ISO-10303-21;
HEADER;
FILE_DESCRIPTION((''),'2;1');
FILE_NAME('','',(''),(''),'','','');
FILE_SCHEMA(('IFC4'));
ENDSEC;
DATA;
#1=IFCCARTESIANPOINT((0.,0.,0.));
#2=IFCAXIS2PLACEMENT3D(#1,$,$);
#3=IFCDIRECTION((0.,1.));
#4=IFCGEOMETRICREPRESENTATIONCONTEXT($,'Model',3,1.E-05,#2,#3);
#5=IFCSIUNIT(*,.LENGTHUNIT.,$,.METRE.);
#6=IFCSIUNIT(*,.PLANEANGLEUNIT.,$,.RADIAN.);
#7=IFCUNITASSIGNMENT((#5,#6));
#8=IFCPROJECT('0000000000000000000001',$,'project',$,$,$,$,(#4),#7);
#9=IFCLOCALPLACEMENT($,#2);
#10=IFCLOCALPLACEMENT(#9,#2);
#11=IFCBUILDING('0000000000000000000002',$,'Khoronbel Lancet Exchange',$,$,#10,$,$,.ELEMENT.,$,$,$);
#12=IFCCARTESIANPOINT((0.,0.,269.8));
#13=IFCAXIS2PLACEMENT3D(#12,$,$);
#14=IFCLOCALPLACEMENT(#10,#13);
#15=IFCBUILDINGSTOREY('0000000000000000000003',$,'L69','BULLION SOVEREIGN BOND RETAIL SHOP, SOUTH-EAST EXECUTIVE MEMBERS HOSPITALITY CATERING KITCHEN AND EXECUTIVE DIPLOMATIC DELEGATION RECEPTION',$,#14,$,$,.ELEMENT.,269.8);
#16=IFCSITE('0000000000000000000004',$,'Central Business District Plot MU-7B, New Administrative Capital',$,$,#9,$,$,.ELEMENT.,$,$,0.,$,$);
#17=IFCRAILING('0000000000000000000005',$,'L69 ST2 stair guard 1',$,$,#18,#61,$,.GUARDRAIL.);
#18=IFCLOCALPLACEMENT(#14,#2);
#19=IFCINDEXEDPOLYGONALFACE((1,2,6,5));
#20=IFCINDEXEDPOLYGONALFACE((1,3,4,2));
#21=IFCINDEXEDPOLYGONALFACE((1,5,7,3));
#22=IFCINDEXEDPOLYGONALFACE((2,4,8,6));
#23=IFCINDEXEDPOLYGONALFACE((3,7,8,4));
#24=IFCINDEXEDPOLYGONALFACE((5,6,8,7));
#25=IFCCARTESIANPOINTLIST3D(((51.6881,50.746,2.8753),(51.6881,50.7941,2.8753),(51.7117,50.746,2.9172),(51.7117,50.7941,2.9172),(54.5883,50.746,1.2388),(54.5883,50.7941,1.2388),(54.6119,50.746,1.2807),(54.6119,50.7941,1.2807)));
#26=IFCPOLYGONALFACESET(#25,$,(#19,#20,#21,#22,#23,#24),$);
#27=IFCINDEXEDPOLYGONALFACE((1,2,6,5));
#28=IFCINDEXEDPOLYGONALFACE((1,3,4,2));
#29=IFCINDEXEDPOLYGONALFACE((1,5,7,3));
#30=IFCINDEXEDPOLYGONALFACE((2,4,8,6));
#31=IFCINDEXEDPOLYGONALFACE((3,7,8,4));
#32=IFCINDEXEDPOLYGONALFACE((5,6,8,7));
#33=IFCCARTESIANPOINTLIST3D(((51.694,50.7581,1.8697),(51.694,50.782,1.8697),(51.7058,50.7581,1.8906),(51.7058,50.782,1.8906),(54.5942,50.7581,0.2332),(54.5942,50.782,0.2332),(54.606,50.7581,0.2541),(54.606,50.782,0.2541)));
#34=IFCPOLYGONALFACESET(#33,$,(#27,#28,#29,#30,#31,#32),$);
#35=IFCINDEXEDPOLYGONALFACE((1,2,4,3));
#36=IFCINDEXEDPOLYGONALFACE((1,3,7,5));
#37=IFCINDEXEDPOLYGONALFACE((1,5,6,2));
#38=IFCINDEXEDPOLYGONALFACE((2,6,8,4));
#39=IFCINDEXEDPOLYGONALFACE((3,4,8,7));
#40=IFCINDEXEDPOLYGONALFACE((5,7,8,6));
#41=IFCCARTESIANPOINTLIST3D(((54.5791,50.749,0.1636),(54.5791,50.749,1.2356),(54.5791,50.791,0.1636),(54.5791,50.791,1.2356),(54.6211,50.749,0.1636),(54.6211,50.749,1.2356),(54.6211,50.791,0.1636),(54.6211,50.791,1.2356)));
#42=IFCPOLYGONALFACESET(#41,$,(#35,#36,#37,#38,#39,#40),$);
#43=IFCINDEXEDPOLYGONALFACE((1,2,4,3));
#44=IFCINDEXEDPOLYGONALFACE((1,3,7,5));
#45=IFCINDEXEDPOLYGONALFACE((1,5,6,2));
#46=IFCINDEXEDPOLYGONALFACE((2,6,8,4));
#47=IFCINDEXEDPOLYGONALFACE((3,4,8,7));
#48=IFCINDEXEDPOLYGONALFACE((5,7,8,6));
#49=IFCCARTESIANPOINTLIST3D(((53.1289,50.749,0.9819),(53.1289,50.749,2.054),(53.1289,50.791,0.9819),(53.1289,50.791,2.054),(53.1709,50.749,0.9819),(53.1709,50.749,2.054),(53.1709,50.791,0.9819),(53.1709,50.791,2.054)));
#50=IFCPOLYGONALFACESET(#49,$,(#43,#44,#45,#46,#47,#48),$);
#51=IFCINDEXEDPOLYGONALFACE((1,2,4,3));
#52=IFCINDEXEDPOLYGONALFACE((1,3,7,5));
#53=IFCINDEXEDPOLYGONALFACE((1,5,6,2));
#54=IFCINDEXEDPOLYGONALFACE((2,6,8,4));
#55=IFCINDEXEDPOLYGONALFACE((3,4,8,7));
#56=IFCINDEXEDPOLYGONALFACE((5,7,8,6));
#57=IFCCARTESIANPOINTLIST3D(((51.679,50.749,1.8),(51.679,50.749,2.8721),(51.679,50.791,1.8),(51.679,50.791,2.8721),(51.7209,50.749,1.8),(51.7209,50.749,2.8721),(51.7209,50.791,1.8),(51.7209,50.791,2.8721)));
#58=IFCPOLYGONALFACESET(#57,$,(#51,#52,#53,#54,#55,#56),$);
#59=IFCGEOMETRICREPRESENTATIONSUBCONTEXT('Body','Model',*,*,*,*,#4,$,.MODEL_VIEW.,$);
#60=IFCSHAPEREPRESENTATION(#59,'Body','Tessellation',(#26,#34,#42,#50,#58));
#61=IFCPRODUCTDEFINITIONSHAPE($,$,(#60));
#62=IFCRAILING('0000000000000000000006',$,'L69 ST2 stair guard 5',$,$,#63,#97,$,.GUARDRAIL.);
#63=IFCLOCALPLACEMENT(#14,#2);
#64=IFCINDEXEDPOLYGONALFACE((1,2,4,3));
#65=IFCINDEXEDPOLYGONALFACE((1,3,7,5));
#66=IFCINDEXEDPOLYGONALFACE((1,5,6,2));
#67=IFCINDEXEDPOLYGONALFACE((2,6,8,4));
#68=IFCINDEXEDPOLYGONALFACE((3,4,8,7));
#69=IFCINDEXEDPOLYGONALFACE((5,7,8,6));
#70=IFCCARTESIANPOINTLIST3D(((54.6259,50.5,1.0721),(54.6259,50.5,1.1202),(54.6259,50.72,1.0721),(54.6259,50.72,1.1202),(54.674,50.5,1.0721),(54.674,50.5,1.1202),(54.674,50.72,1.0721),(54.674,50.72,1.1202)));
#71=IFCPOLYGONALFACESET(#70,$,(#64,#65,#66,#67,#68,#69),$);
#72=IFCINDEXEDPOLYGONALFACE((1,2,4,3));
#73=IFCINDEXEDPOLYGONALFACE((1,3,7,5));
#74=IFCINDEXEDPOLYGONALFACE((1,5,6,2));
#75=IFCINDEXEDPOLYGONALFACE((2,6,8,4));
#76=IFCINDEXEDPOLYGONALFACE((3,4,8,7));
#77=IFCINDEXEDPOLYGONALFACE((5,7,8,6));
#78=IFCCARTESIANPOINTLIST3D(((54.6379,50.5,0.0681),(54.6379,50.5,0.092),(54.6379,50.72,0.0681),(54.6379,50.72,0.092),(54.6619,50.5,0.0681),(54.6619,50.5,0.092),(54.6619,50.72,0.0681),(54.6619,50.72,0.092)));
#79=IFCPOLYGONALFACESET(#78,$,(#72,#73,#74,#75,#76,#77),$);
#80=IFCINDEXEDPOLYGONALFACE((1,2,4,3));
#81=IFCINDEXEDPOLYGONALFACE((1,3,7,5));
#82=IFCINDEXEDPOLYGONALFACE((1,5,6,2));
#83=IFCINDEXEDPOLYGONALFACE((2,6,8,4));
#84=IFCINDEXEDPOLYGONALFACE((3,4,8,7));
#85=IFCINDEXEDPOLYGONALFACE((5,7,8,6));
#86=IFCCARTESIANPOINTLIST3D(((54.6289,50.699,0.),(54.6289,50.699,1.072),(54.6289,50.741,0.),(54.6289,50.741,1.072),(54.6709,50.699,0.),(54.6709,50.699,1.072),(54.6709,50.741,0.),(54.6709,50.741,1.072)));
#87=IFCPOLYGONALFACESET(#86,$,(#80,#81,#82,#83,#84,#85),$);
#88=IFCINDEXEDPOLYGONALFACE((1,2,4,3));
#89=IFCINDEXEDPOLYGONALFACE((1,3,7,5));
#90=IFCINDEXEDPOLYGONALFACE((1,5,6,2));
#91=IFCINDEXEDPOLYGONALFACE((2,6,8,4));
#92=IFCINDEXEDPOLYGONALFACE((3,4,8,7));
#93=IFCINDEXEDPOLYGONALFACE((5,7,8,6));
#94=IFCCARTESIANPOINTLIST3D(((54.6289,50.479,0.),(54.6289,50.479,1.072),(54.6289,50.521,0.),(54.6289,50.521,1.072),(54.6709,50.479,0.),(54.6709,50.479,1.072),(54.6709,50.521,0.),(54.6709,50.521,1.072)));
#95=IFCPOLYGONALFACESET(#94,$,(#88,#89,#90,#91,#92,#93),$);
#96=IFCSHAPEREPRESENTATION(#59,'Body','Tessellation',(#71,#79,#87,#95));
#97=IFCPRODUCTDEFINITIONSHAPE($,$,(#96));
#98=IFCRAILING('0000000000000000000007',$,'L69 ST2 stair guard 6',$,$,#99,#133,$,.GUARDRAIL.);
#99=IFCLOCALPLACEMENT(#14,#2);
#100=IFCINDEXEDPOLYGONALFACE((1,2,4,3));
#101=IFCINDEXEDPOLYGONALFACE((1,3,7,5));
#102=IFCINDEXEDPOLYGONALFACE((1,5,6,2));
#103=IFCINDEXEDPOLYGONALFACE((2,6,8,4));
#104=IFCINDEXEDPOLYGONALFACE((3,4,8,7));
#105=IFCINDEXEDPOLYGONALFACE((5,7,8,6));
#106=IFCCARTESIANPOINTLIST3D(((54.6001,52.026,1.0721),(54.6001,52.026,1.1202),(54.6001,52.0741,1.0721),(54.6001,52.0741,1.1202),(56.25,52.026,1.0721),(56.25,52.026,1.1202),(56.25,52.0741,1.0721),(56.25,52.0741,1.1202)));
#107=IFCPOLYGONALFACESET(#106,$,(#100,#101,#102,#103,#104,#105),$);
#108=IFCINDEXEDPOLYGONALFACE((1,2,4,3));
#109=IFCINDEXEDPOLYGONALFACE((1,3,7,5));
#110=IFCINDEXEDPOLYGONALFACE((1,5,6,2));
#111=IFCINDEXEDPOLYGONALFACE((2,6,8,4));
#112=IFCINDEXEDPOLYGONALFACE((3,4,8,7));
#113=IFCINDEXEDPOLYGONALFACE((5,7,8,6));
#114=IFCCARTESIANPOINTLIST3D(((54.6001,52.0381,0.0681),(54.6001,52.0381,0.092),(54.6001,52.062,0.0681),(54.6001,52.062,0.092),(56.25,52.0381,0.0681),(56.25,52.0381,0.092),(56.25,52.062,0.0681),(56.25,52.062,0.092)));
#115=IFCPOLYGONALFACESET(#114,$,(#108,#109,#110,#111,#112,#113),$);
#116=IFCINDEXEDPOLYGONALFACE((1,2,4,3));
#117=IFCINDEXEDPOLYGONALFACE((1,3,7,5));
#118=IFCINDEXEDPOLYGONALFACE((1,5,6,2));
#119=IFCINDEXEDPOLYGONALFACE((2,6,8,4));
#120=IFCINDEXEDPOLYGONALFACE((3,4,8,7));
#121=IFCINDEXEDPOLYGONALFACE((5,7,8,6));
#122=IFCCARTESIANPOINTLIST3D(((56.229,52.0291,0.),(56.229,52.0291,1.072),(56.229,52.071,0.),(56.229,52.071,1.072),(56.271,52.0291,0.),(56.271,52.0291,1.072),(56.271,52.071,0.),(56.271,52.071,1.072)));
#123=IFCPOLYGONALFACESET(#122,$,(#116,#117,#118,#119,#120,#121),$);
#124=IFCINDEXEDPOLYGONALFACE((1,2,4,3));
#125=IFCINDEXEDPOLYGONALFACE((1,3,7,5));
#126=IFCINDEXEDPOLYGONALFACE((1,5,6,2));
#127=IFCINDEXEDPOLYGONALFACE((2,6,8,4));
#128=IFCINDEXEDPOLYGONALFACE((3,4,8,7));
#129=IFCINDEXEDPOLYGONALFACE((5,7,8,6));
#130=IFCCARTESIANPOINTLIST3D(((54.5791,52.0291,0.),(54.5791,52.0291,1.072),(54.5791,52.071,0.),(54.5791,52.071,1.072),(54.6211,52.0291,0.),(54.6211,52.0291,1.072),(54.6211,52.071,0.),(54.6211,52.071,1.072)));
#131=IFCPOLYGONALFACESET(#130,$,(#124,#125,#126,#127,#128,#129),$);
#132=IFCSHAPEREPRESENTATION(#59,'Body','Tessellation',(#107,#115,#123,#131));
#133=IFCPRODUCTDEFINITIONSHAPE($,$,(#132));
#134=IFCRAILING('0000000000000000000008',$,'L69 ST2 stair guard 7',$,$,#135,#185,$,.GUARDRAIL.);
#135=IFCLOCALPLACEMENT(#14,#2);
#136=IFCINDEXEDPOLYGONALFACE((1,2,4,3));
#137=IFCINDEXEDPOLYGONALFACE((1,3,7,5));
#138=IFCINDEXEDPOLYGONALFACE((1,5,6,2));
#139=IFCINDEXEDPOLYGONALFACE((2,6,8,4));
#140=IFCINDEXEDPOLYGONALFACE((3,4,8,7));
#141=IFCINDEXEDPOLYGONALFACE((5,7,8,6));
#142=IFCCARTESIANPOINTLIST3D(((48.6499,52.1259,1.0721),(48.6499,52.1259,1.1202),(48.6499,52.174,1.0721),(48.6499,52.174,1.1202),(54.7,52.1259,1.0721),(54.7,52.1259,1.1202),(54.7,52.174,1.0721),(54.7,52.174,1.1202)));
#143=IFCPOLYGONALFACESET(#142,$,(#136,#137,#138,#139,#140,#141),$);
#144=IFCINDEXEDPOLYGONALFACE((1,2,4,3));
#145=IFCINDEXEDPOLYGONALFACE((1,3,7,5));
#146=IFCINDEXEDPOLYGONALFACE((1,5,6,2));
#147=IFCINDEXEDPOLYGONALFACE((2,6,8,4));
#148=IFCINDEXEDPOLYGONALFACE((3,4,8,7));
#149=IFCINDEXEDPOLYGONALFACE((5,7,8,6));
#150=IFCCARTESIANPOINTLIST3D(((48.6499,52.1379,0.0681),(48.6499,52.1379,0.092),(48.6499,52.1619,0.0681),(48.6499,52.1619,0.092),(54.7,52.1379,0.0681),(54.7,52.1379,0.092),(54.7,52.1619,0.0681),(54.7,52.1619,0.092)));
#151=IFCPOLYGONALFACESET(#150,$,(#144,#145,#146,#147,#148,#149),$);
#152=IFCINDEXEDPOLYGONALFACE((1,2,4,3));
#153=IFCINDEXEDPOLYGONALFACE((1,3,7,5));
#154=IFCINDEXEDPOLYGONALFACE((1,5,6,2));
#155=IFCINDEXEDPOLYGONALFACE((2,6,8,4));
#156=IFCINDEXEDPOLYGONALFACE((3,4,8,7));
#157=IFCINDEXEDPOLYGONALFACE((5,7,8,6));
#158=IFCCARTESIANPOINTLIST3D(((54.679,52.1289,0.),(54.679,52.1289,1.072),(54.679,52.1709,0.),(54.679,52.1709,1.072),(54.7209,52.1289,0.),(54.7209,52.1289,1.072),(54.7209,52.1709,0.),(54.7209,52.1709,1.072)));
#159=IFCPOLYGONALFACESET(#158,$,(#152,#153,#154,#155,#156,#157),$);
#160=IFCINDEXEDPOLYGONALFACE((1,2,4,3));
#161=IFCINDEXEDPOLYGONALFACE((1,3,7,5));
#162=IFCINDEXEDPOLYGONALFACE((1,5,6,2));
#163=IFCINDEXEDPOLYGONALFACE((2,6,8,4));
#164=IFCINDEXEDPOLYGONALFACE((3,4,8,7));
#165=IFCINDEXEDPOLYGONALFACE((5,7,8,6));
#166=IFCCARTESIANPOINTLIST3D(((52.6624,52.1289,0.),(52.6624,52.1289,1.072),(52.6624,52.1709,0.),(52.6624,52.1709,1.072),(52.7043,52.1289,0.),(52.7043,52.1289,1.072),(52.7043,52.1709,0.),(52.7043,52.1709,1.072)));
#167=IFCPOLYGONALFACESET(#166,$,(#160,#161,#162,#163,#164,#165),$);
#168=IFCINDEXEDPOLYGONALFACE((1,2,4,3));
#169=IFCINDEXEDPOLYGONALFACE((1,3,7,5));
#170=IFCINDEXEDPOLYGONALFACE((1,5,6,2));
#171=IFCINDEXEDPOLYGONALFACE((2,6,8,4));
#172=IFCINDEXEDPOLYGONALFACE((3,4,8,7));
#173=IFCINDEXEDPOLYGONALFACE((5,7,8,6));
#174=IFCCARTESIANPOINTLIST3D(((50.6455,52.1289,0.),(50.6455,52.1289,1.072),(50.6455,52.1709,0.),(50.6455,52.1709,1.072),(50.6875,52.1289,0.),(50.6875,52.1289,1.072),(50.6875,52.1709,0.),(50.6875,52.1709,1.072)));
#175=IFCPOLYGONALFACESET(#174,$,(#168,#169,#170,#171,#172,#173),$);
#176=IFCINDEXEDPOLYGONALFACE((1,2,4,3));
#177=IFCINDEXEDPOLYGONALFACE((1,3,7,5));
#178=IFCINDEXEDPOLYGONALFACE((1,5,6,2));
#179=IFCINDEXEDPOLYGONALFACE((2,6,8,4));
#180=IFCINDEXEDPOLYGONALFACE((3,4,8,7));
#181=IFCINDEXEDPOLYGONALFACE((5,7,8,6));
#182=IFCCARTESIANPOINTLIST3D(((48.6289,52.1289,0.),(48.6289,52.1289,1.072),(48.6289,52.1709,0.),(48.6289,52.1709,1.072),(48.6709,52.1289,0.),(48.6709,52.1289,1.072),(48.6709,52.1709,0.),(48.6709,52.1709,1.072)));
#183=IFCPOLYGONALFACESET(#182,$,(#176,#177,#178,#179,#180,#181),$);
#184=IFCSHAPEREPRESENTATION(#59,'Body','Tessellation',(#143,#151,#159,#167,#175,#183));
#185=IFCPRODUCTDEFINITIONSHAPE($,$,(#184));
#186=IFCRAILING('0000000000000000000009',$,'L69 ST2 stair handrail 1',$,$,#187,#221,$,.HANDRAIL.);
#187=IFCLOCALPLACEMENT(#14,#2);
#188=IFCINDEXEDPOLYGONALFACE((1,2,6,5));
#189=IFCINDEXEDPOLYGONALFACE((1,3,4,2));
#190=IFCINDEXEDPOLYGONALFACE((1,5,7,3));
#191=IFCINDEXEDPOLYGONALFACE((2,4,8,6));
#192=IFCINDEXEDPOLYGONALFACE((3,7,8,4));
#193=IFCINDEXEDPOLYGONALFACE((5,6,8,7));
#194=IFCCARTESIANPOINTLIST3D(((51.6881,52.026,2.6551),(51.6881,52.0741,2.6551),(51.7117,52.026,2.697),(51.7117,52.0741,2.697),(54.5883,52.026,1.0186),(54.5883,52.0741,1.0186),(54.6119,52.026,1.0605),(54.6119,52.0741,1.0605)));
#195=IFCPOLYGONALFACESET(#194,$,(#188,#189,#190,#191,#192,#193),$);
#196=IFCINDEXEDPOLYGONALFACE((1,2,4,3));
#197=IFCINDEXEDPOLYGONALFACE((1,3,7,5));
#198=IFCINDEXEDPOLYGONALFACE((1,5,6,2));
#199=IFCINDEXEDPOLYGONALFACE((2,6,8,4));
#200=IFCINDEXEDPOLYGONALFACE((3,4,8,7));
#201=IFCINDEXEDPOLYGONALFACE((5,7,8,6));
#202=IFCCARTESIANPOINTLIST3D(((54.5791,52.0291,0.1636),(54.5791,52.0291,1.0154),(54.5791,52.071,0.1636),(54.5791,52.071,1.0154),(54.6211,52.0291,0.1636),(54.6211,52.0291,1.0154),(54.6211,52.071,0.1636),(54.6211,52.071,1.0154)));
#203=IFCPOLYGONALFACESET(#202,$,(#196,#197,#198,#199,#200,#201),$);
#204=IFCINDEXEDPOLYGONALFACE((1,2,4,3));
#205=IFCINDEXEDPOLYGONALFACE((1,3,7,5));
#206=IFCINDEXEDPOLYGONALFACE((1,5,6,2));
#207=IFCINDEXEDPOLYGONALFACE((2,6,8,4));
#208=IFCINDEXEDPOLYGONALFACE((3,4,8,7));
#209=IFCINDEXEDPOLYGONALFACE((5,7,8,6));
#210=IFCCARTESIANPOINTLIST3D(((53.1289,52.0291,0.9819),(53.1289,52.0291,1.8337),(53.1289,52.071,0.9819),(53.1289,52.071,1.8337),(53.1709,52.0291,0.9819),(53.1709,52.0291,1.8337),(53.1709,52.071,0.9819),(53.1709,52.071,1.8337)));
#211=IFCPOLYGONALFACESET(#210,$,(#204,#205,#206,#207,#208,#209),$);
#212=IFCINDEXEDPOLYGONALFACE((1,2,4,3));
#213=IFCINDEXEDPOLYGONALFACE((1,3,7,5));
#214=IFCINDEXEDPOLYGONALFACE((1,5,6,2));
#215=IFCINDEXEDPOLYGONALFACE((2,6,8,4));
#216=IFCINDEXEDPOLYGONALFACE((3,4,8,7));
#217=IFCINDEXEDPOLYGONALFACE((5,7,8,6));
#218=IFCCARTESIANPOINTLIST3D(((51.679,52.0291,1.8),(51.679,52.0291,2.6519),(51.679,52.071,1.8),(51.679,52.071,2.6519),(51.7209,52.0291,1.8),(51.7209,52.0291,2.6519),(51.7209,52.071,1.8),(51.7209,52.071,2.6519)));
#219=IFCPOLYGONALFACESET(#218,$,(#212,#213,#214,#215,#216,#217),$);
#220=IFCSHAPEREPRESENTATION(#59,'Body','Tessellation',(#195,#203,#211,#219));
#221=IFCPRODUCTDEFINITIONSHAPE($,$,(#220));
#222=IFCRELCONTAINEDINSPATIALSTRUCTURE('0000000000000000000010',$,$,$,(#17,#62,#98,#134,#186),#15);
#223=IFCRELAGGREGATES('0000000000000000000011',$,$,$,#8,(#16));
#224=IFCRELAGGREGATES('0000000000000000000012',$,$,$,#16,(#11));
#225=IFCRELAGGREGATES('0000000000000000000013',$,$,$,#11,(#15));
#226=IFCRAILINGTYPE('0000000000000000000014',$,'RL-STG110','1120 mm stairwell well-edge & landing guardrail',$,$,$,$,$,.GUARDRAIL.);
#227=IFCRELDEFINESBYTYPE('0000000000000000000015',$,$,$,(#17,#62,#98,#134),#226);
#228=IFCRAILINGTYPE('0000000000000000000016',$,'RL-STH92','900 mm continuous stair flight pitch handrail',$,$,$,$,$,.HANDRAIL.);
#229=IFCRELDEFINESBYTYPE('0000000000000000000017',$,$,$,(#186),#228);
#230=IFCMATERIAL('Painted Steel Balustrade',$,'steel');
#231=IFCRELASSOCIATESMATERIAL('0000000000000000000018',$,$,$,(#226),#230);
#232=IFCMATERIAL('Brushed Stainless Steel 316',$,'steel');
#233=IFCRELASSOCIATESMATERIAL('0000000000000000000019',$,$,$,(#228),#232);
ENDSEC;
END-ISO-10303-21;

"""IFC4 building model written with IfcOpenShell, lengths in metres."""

from ifc_helpers import new_model, si_unit, direction, frame, origin, origin_2d, place, context, subcontext, project, spatial, rectangle, extrude, material, type_object, element, save


model = new_model("IFC4")

# Units and contexts
model_context = context("Model", 3, precision=1e-05, world=origin(), true_north=direction((0.0, 1.0)))
body_context = subcontext(model_context, "Body", "Model", "MODEL_VIEW")
ifc_project = project(units=[si_unit("LENGTHUNIT", "METRE"), si_unit("PLANEANGLEUNIT", "RADIAN")], contexts=[model_context])

# Site, building, storey
site_placement = place(None, origin())
site = spatial("IfcSite", under=ifc_project, at=site_placement, Name="Central Business District Plot MU-7B, New Administrative Capital", CompositionType="ELEMENT", RefElevation=0.0)
building_placement = place(site_placement, origin())
building = spatial("IfcBuilding", under=site, at=building_placement, Name="Khoronbel Lancet Exchange", CompositionType="ELEMENT")
storey_placement = place(building_placement, frame((0.0, 0.0, 269.8)))
storey = spatial("IfcBuildingStorey", under=building, at=storey_placement, Name="L69", Description="BULLION SOVEREIGN BOND RETAIL SHOP, SOUTH-EAST EXECUTIVE MEMBERS HOSPITALITY CATERING KITCHEN AND EXECUTIVE DIPLOMATIC DELEGATION RECEPTION", CompositionType="ELEMENT", Elevation=269.8)

# Railings
ifc_material_1 = material(Name="Painted Steel Balustrade", Category="steel")
railing_type_1 = type_object("IfcRailingType", Name="RL-STG110", Description="1120 mm stairwell well-edge & landing guardrail", PredefinedType="GUARDRAIL", material=ifc_material_1)
railing_1_placement = place(storey_placement, frame((54.6001, 50.77, 0.1636)))
element("IfcRailing", 1, at=railing_1_placement, inside=storey, type_object=railing_type_1, Name="L69 ST2 stair guard 1", PredefinedType="GUARDRAIL", context=body_context, shape_type="SweptSolid", body=[
    extrude(rectangle(XDim=0.0481, YDim=0.0481, at=origin_2d()), frame((0.0, 0.0, 1.0962), z_axis=(-0.870915, 0.0, 0.491434), x_axis=(0.0, -1.0, 0.0)), (0.0, 0.0, 1.0), 3.3301),
    extrude(rectangle(XDim=0.0239, YDim=0.0239, at=origin_2d()), frame((0.0, 0.0, 0.0801), z_axis=(-0.870915, 0.0, 0.491434), x_axis=(0.0, -1.0, 0.0)), (0.0, 0.0, 1.0), 3.3301),
    extrude(rectangle(XDim=0.042, YDim=0.042, at=origin_2d()), origin(), (0.0, 0.0, 1.0), 1.072),
    extrude(rectangle(XDim=0.042, YDim=0.042, at=origin_2d()), frame((-1.4502, 0.0, 0.8184)), (0.0, 0.0, 1.0), 1.072),
    extrude(rectangle(XDim=0.042, YDim=0.042, at=origin_2d()), frame((-2.9001, 0.0, 1.6365)), (0.0, 0.0, 1.0), 1.072),
])
railing_2_placement = place(storey_placement, frame((54.6499, 50.72, 0.0)))
element("IfcRailing", 2, at=railing_2_placement, inside=storey, type_object=railing_type_1, Name="L69 ST2 stair guard 5", PredefinedType="GUARDRAIL", context=body_context, shape_type="SweptSolid", body=[
    extrude(rectangle(XDim=0.0481, YDim=0.0481, at=origin_2d()), frame((0.0, 0.0, 1.0962), z_axis=(0.0, -1.0, 0.0), x_axis=(1.0, 0.0, 0.0)), (0.0, 0.0, 1.0), 0.22),
    extrude(rectangle(XDim=0.0239, YDim=0.0239, at=origin_2d()), frame((0.0, 0.0, 0.0801), z_axis=(0.0, -1.0, 0.0), x_axis=(1.0, 0.0, 0.0)), (0.0, 0.0, 1.0), 0.22),
    extrude(rectangle(XDim=0.042, YDim=0.042, at=origin_2d()), origin(), (0.0, 0.0, 1.0), 1.072),
    extrude(rectangle(XDim=0.042, YDim=0.042, at=origin_2d()), frame((0.0, -0.22, 0.0)), (0.0, 0.0, 1.0), 1.072),
])
railing_3_placement = place(storey_placement, frame((56.25, 52.05, 0.0)))
element("IfcRailing", 3, at=railing_3_placement, inside=storey, type_object=railing_type_1, Name="L69 ST2 stair guard 6", PredefinedType="GUARDRAIL", context=body_context, shape_type="SweptSolid", body=[
    extrude(rectangle(XDim=0.0481, YDim=0.0481, at=origin_2d()), frame((0.0, 0.0, 1.0962), z_axis=(-1.0, 0.0, 0.0), x_axis=(0.0, -1.0, 0.0)), (0.0, 0.0, 1.0), 1.6499),
    extrude(rectangle(XDim=0.0239, YDim=0.0239, at=origin_2d()), frame((0.0, 0.0, 0.0801), z_axis=(-1.0, 0.0, 0.0), x_axis=(0.0, -1.0, 0.0)), (0.0, 0.0, 1.0), 1.6499),
    extrude(rectangle(XDim=0.042, YDim=0.042, at=origin_2d()), origin(), (0.0, 0.0, 1.0), 1.072),
    extrude(rectangle(XDim=0.042, YDim=0.042, at=origin_2d()), frame((-1.6499, 0.0, 0.0)), (0.0, 0.0, 1.0), 1.072),
])
railing_4_placement = place(storey_placement, frame((54.7, 52.1499, 0.0)))
element("IfcRailing", 4, at=railing_4_placement, inside=storey, type_object=railing_type_1, Name="L69 ST2 stair guard 7", PredefinedType="GUARDRAIL", context=body_context, shape_type="SweptSolid", body=[
    extrude(rectangle(XDim=0.0481, YDim=0.0481, at=origin_2d()), frame((0.0, 0.0, 1.0962), z_axis=(-1.0, 0.0, 0.0), x_axis=(0.0, -1.0, 0.0)), (0.0, 0.0, 1.0), 6.05),
    extrude(rectangle(XDim=0.0239, YDim=0.0239, at=origin_2d()), frame((0.0, 0.0, 0.0801), z_axis=(-1.0, 0.0, 0.0), x_axis=(0.0, -1.0, 0.0)), (0.0, 0.0, 1.0), 6.05),
    extrude(rectangle(XDim=0.042, YDim=0.042, at=origin_2d()), origin(), (0.0, 0.0, 1.0), 1.072),
    extrude(rectangle(XDim=0.042, YDim=0.042, at=origin_2d()), frame((-2.0166, 0.0, 0.0)), (0.0, 0.0, 1.0), 1.072),
    extrude(rectangle(XDim=0.042, YDim=0.042, at=origin_2d()), frame((-4.0334, 0.0, 0.0)), (0.0, 0.0, 1.0), 1.072),
    extrude(rectangle(XDim=0.042, YDim=0.042, at=origin_2d()), frame((-6.05, 0.0, 0.0)), (0.0, 0.0, 1.0), 1.072),
])
ifc_material_2 = material(Name="Brushed Stainless Steel 316", Category="steel")
railing_type_2 = type_object("IfcRailingType", Name="RL-STH92", Description="900 mm continuous stair flight pitch handrail", PredefinedType="HANDRAIL", material=ifc_material_2)
railing_5_placement = place(storey_placement, frame((54.6001, 52.05, 0.1636)))
element("IfcRailing", 5, at=railing_5_placement, inside=storey, type_object=railing_type_2, Name="L69 ST2 stair handrail 1", PredefinedType="HANDRAIL", context=body_context, shape_type="SweptSolid", body=[
    extrude(rectangle(XDim=0.0481, YDim=0.0481, at=origin_2d()), frame((0.0, 0.0, 0.876), z_axis=(-0.870915, 0.0, 0.491434), x_axis=(0.0, -1.0, 0.0)), (0.0, 0.0, 1.0), 3.3301),
    extrude(rectangle(XDim=0.042, YDim=0.042, at=origin_2d()), origin(), (0.0, 0.0, 1.0), 0.8518),
    extrude(rectangle(XDim=0.042, YDim=0.042, at=origin_2d()), frame((-1.4502, 0.0, 0.8184)), (0.0, 0.0, 1.0), 0.8518),
    extrude(rectangle(XDim=0.042, YDim=0.042, at=origin_2d()), frame((-2.9001, 0.0, 1.6365)), (0.0, 0.0, 1.0), 0.8518),
])

save(model, "model.ifc")
